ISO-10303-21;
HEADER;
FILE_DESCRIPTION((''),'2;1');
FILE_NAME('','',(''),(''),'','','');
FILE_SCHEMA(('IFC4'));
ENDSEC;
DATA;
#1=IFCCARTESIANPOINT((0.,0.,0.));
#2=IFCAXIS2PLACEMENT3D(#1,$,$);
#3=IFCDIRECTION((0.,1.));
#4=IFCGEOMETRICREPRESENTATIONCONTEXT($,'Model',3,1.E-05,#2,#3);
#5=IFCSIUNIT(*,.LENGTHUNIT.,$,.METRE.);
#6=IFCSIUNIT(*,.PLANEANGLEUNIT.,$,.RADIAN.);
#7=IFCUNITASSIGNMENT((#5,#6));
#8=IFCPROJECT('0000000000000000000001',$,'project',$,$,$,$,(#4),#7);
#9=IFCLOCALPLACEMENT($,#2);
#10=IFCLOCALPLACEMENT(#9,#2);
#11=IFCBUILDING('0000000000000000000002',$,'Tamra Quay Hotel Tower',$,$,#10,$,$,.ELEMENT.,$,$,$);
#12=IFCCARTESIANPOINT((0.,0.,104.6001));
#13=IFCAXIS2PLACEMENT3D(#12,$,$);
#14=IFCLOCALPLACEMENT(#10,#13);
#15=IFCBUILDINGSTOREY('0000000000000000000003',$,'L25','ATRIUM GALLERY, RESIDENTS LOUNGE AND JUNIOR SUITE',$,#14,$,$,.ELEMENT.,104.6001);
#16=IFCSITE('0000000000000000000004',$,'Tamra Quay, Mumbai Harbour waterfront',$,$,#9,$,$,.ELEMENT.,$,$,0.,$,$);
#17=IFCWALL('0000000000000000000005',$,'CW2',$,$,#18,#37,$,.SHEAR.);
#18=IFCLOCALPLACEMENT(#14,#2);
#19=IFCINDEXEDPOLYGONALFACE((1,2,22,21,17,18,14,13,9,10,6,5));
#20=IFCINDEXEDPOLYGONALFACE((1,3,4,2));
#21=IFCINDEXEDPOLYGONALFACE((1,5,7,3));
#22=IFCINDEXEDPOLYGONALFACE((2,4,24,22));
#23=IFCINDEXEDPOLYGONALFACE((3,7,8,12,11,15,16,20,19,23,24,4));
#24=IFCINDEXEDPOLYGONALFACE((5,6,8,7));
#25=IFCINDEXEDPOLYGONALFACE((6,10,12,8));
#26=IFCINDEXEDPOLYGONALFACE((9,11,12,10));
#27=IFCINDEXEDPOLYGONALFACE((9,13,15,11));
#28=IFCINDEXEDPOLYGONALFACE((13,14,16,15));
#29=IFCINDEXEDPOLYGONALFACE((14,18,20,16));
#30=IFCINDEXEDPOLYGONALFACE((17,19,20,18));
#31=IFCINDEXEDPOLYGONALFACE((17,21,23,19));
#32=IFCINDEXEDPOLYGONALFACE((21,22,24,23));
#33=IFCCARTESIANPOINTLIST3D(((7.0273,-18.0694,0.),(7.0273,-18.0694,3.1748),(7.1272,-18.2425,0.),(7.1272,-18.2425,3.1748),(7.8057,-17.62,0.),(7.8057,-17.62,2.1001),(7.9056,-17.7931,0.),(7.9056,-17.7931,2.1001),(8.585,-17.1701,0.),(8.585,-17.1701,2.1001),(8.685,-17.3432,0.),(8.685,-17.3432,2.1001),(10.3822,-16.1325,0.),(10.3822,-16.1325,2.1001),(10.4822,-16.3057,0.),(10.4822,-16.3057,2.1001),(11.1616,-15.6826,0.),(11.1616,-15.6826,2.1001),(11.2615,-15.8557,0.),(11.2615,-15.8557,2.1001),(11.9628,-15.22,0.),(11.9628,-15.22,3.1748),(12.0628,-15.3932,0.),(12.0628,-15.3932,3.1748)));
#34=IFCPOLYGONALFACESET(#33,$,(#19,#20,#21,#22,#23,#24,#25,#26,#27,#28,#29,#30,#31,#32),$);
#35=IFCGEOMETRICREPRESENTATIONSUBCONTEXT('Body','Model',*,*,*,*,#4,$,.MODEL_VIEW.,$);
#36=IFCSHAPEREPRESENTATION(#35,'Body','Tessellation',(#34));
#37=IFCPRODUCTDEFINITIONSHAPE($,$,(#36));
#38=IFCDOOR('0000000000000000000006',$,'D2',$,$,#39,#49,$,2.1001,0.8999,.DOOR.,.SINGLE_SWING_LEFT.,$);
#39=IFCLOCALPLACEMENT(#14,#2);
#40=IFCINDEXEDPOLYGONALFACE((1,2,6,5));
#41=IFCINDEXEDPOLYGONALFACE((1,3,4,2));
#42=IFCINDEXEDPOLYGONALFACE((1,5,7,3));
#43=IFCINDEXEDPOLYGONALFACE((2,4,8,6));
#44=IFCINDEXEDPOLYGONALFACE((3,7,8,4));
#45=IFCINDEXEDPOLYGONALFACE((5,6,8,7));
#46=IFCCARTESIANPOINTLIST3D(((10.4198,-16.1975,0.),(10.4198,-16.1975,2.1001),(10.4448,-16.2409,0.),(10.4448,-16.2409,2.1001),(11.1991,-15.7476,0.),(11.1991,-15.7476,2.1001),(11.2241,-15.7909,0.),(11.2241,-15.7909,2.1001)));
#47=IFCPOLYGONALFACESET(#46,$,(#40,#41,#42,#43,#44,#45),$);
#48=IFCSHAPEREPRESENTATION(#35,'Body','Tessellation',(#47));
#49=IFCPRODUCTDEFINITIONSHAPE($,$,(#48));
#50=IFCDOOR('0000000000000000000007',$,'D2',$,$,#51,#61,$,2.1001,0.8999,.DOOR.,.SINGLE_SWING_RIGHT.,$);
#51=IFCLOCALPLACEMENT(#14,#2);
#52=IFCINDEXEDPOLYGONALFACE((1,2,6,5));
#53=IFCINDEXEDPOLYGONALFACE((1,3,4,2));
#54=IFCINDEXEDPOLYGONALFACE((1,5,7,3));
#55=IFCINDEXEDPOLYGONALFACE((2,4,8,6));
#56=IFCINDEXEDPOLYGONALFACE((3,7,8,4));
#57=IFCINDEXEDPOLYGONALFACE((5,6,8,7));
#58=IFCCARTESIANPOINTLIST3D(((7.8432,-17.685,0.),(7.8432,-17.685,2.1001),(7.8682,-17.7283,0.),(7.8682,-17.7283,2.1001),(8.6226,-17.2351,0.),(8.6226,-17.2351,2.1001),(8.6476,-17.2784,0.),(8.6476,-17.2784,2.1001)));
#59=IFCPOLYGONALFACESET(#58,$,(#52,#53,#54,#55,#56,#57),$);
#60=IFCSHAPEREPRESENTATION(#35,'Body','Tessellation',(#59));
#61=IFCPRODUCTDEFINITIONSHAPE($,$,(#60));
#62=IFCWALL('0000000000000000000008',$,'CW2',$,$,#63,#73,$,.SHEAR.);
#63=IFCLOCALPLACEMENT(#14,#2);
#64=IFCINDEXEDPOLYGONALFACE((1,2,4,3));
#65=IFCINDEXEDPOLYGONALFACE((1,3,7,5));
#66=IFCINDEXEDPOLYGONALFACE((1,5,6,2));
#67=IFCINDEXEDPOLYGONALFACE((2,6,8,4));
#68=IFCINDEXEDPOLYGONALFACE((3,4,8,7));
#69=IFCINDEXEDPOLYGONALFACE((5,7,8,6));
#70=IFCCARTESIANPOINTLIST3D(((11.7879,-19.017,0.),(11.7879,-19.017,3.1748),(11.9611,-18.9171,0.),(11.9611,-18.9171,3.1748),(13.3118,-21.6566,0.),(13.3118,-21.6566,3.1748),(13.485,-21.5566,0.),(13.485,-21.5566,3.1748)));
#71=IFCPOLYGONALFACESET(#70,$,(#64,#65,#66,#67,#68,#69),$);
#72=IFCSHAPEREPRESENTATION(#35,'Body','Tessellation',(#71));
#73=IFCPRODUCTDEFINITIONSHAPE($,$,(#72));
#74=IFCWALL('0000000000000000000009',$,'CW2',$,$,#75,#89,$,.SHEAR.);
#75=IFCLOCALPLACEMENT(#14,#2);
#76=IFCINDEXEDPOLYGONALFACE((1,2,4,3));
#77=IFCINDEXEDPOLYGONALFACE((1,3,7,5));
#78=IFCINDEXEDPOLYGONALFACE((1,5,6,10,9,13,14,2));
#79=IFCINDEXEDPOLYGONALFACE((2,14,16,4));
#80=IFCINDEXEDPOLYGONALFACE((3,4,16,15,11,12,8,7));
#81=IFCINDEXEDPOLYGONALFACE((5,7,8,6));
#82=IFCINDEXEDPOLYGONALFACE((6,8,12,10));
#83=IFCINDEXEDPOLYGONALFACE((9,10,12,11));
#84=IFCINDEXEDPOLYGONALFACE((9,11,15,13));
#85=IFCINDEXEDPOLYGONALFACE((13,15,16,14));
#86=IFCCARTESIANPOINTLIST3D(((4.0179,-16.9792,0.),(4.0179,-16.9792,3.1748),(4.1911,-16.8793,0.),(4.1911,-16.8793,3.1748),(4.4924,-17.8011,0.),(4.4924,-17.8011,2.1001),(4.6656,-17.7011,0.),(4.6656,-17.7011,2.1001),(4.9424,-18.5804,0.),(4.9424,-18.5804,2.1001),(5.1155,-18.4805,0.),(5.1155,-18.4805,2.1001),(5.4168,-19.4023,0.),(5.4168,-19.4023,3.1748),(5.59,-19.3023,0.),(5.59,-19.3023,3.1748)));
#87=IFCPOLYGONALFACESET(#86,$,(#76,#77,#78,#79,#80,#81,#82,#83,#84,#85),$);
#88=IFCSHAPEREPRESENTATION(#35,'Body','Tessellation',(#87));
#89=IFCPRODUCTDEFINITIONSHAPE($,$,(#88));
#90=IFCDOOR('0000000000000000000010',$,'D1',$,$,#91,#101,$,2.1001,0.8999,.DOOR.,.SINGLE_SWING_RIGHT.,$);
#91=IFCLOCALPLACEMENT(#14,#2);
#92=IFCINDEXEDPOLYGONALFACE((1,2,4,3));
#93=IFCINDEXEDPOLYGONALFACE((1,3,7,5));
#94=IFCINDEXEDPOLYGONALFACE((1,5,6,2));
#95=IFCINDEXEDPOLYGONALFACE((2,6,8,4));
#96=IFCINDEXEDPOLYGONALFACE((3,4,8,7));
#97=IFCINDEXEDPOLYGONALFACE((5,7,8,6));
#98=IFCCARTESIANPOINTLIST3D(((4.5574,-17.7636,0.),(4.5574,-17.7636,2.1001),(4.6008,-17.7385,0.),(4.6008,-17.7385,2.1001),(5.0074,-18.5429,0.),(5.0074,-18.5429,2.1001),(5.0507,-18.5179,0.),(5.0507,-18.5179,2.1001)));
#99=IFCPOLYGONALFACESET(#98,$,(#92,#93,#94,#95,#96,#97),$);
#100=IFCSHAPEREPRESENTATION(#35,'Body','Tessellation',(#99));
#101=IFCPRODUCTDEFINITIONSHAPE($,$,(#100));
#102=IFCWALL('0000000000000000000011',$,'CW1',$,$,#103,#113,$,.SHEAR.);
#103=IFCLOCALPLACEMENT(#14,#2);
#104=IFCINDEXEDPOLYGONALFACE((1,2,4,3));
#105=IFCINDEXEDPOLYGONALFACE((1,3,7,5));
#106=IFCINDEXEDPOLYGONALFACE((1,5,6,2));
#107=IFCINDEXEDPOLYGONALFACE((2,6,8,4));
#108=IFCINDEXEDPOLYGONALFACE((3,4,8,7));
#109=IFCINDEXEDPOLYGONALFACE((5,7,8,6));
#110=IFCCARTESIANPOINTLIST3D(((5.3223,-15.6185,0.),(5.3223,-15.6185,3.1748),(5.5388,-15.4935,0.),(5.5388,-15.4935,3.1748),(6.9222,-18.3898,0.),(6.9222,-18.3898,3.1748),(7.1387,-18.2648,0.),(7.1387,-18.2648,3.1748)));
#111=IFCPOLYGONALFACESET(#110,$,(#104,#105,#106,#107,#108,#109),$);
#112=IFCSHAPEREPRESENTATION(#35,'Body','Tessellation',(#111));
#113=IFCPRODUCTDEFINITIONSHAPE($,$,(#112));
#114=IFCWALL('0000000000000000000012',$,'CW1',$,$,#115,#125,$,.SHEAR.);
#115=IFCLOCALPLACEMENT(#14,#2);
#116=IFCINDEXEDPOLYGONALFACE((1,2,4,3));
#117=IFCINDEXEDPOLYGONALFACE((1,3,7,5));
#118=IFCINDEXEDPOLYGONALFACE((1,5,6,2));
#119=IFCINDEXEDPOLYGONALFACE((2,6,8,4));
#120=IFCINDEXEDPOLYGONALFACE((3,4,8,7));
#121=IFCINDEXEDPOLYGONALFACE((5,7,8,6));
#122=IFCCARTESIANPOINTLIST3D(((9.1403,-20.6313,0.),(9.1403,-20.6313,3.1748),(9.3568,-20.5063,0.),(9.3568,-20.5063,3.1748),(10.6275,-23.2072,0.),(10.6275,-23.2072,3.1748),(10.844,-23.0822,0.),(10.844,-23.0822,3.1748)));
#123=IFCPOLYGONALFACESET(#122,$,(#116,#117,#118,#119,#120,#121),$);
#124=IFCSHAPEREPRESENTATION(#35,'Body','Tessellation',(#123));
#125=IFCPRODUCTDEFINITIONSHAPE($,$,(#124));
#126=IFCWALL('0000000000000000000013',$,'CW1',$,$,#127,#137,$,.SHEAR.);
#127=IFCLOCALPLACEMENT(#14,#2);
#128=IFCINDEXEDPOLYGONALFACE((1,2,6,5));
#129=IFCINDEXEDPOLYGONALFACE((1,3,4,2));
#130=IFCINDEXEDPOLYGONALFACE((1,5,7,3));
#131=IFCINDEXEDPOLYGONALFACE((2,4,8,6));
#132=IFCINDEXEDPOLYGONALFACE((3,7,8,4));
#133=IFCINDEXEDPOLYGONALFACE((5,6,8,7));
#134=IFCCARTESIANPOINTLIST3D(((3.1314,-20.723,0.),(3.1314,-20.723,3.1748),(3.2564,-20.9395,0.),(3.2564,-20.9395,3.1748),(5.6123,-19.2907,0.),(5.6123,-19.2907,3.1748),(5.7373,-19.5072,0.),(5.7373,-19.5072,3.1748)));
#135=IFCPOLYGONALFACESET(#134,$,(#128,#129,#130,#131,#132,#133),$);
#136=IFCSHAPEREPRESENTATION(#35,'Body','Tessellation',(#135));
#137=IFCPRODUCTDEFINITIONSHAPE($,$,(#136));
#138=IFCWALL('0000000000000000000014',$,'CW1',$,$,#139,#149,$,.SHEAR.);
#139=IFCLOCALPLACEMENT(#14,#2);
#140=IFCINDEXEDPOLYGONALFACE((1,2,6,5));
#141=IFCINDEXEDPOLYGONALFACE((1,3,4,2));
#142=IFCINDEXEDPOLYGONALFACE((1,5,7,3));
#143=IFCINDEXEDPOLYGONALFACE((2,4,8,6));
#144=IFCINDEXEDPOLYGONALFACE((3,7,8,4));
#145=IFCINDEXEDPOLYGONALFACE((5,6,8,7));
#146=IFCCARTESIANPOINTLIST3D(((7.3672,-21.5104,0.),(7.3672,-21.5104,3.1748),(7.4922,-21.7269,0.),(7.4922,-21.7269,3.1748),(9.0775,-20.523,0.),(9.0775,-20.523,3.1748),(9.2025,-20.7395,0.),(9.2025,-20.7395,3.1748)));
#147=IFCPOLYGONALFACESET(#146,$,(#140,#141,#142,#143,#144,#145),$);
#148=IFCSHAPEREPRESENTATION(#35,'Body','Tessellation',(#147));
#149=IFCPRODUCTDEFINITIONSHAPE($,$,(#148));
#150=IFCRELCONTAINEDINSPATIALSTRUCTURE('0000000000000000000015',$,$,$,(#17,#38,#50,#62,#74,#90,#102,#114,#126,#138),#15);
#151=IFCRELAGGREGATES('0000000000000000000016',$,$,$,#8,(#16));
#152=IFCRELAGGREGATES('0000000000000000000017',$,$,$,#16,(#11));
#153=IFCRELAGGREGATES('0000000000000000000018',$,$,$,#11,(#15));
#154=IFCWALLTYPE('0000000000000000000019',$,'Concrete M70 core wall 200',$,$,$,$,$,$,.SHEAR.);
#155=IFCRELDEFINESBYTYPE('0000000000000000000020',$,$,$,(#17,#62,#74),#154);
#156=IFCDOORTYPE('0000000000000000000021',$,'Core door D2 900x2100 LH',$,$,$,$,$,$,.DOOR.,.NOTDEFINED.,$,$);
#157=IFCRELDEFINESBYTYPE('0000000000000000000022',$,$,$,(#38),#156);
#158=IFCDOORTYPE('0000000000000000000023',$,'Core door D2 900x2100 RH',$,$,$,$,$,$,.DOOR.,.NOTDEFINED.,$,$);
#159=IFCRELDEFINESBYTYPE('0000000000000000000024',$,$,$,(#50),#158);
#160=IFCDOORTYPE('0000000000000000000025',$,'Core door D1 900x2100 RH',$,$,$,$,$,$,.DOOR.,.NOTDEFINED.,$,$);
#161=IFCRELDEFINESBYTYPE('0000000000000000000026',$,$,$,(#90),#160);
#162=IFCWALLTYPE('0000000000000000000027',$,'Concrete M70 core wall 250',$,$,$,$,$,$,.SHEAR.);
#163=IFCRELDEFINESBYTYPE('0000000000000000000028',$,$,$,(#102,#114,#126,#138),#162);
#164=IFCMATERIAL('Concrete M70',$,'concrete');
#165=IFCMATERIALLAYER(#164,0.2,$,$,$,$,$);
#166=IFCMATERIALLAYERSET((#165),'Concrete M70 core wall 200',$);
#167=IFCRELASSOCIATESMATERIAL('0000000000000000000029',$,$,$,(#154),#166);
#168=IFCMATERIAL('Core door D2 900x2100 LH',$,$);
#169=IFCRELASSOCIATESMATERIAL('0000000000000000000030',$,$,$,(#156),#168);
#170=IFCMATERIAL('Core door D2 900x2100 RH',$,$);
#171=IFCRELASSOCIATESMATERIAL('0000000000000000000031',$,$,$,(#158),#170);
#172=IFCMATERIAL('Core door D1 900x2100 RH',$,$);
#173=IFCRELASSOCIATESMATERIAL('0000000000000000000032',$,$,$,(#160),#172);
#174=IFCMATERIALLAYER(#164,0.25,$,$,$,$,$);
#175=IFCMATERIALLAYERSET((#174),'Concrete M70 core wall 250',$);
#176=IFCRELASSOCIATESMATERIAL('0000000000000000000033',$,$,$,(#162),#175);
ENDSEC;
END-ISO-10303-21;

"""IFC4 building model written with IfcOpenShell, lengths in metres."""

from ifc_helpers import new_model, si_unit, direction, frame, frame_2d, origin, place, context, subcontext, project, spatial, rectangle, extrude, material, layer, layer_set, type_object, element, fill, save


model = new_model("IFC4")

# Units and contexts
model_context = context("Model", 3, precision=1e-05, world=origin(), true_north=direction((0.0, 1.0)))
body_context = subcontext(model_context, "Body", "Model", "MODEL_VIEW")
ifc_project = project(units=[si_unit("LENGTHUNIT", "METRE"), si_unit("PLANEANGLEUNIT", "RADIAN")], contexts=[model_context])

# Site, building, storey
site_placement = place(None, origin())
site = spatial("IfcSite", under=ifc_project, at=site_placement, Name="Tamra Quay, Mumbai Harbour waterfront", CompositionType="ELEMENT", RefElevation=0.0)
building_placement = place(site_placement, origin())
building = spatial("IfcBuilding", under=site, at=building_placement, Name="Tamra Quay Hotel Tower", CompositionType="ELEMENT")
storey_placement = place(building_placement, frame((0.0, 0.0, 104.6001)))
storey = spatial("IfcBuildingStorey", under=building, at=storey_placement, Name="L25", Description="ATRIUM GALLERY, RESIDENTS LOUNGE AND JUNIOR SUITE", CompositionType="ELEMENT", Elevation=104.6001)

# Shared definitions
ifc_material_1 = material(Name="Concrete M70", Category="concrete")

# Wall, openings, doors
ifc_layer_1 = layer(ifc_material_1, 0.2)
ifc_layer_set_1 = layer_set([ifc_layer_1], Name="Concrete M70 core wall 200")
wall_type_1 = type_object("IfcWallType", Name="Concrete M70 core wall 200", PredefinedType="SHEAR", material=ifc_layer_set_1)
wall_1_placement = place(storey_placement, frame((7.0771, -18.156, 0.0), z_axis=(0.0, 0.0, 1.0), x_axis=(0.866039, 0.499977, 0.0)))
wall_1 = element("IfcWall", 1, at=wall_1_placement, inside=storey, type_object=wall_type_1, Name="CW2", PredefinedType="SHEAR", context=body_context, shape_type="SweptSolid", body=[
    extrude(rectangle(XDim=5.699, YDim=0.2, at=frame_2d((2.8496, 0.0))), origin(), (0.0, 0.0, 1.0), 3.1748),
])
opening_1_placement = place(wall_1_placement, frame((0.8989, 0.0, 0.0)))
opening_1 = element("IfcOpeningElement", 2, at=opening_1_placement, cuts=wall_1, PredefinedType="OPENING", context=body_context, shape_type="SweptSolid", body=[
    extrude(rectangle(XDim=0.8999, YDim=2.1001, at=frame_2d((0.45, 1.05))), frame((0.0, 0.1099, 0.0), z_axis=(0.0, -1.0, 0.0), x_axis=(1.0, 0.0, 0.0)), (0.0, 0.0, 1.0), 0.22),
])
opening_2_placement = place(wall_1_placement, frame((3.874, 0.0, 0.0)))
opening_2 = element("IfcOpeningElement", 3, at=opening_2_placement, cuts=wall_1, PredefinedType="OPENING", context=body_context, shape_type="SweptSolid", body=[
    extrude(rectangle(XDim=0.8999, YDim=2.1001, at=frame_2d((0.45, 1.05))), frame((0.0, 0.1099, 0.0), z_axis=(0.0, -1.0, 0.0), x_axis=(1.0, 0.0, 0.0)), (0.0, 0.0, 1.0), 0.22),
])
ifc_material_2 = material(Name="Core door D2 900x2100 LH")
door_type_1 = type_object("IfcDoorType", Name="Core door D2 900x2100 LH", OperationType="NOTDEFINED", PredefinedType="DOOR", material=ifc_material_2)
door_1_placement = place(opening_2_placement, origin())
door_1 = element("IfcDoor", 4, at=door_1_placement, inside=storey, type_object=door_type_1, Name="D2", OperationType="SINGLE_SWING_LEFT", OverallHeight=2.1001, OverallWidth=0.8999, PredefinedType="DOOR", context=body_context, shape_type="SweptSolid", body=[
    extrude(rectangle(XDim=0.8999, YDim=2.1001, at=frame_2d((0.45, 1.05))), frame((0.0, 0.0249, 0.0), z_axis=(0.0, -1.0, 0.0), x_axis=(1.0, 0.0, 0.0)), (0.0, 0.0, 1.0), 0.05),
])
fill(opening_2, door_1)
ifc_material_3 = material(Name="Core door D2 900x2100 RH")
door_type_2 = type_object("IfcDoorType", Name="Core door D2 900x2100 RH", OperationType="NOTDEFINED", PredefinedType="DOOR", material=ifc_material_3)
door_2_placement = place(opening_1_placement, origin())
door_2 = element("IfcDoor", 5, at=door_2_placement, inside=storey, type_object=door_type_2, Name="D2", OperationType="SINGLE_SWING_RIGHT", OverallHeight=2.1001, OverallWidth=0.8999, PredefinedType="DOOR", context=body_context, shape_type="SweptSolid", body=[
    extrude(rectangle(XDim=0.8999, YDim=2.1001, at=frame_2d((0.45, 1.05))), frame((0.0, 0.0249, 0.0), z_axis=(0.0, -1.0, 0.0), x_axis=(1.0, 0.0, 0.0)), (0.0, 0.0, 1.0), 0.05),
])
fill(opening_1, door_2)

# Wall
wall_2_placement = place(storey_placement, frame((11.8745, -18.967, 0.0), z_axis=(0.0, 0.0, 1.0), x_axis=(0.499981, -0.866036, 0.0)))
element("IfcWall", 6, at=wall_2_placement, inside=storey, type_object=wall_type_1, Name="CW2", PredefinedType="SHEAR", context=body_context, shape_type="SweptSolid", body=[
    extrude(rectangle(XDim=3.0479, YDim=0.2, at=frame_2d((1.5239, 0.0))), origin(), (0.0, 0.0, 1.0), 3.1748),
])

# Wall, opening, door
wall_3_placement = place(storey_placement, frame((5.5034, -19.3523, 0.0), z_axis=(0.0, 0.0, 1.0), x_axis=(-0.499987, 0.866033, 0.0)))
wall_3 = element("IfcWall", 7, at=wall_3_placement, inside=storey, type_object=wall_type_1, Name="CW2", PredefinedType="SHEAR", context=body_context, shape_type="SweptSolid", body=[
    extrude(rectangle(XDim=2.7979, YDim=0.2, at=frame_2d((1.3989, 0.0))), origin(), (0.0, 0.0, 1.0), 3.1748),
])
opening_3_placement = place(wall_3_placement, frame((0.949, 0.0, 0.0)))
opening_3 = element("IfcOpeningElement", 8, at=opening_3_placement, cuts=wall_3, PredefinedType="OPENING", context=body_context, shape_type="SweptSolid", body=[
    extrude(rectangle(XDim=0.8999, YDim=2.1001, at=frame_2d((0.45, 1.05))), frame((0.0, 0.1099, 0.0), z_axis=(0.0, -1.0, 0.0), x_axis=(1.0, 0.0, 0.0)), (0.0, 0.0, 1.0), 0.22),
])
ifc_material_4 = material(Name="Core door D1 900x2100 RH")
door_type_3 = type_object("IfcDoorType", Name="Core door D1 900x2100 RH", OperationType="NOTDEFINED", PredefinedType="DOOR", material=ifc_material_4)
door_3_placement = place(opening_3_placement, origin())
door_3 = element("IfcDoor", 9, at=door_3_placement, inside=storey, type_object=door_type_3, Name="D1", OperationType="SINGLE_SWING_RIGHT", OverallHeight=2.1001, OverallWidth=0.8999, PredefinedType="DOOR", context=body_context, shape_type="SweptSolid", body=[
    extrude(rectangle(XDim=0.8999, YDim=2.1001, at=frame_2d((0.45, 1.05))), frame((0.0, 0.0249, 0.0), z_axis=(0.0, -1.0, 0.0), x_axis=(1.0, 0.0, 0.0)), (0.0, 0.0, 1.0), 0.05),
])
fill(opening_3, door_3)

# Walls
ifc_layer_2 = layer(ifc_material_1, 0.25)
ifc_layer_set_2 = layer_set([ifc_layer_2], Name="Concrete M70 core wall 250")
wall_type_2 = type_object("IfcWallType", Name="Concrete M70 core wall 250", PredefinedType="SHEAR", material=ifc_layer_set_2)
wall_4_placement = place(storey_placement, frame((7.0305, -18.3274, 0.0), z_axis=(0.0, 0.0, 1.0), x_axis=(-0.499971, 0.866042, 0.0)))
element("IfcWall", 10, at=wall_4_placement, inside=storey, type_object=wall_type_2, Name="CW1", PredefinedType="SHEAR", context=body_context, shape_type="SweptSolid", body=[
    extrude(rectangle(XDim=3.2, YDim=0.25, at=frame_2d((1.6001, 0.0))), origin(), (0.0, 0.0, 1.0), 3.1748),
])
wall_5_placement = place(storey_placement, frame((10.7358, -23.1448, 0.0), z_axis=(0.0, 0.0, 1.0), x_axis=(-0.500023, 0.866012, 0.0)))
element("IfcWall", 11, at=wall_5_placement, inside=storey, type_object=wall_type_2, Name="CW1", PredefinedType="SHEAR", context=body_context, shape_type="SweptSolid", body=[
    extrude(rectangle(XDim=2.9744, YDim=0.25, at=frame_2d((1.4873, 0.0))), origin(), (0.0, 0.0, 1.0), 3.1748),
])
wall_6_placement = place(storey_placement, frame((5.6748, -19.3989, 0.0), z_axis=(0.0, 0.0, 1.0), x_axis=(-0.866027, -0.499998, 0.0)))
element("IfcWall", 12, at=wall_6_placement, inside=storey, type_object=wall_type_2, Name="CW1", PredefinedType="SHEAR", context=body_context, shape_type="SweptSolid", body=[
    extrude(rectangle(XDim=2.8647, YDim=0.25, at=frame_2d((1.4324, 0.0))), origin(), (0.0, 0.0, 1.0), 3.1748),
])
wall_7_placement = place(storey_placement, frame((9.1399, -20.6313, 0.0), z_axis=(0.0, 0.0, 1.0), x_axis=(-0.866044, -0.499969, 0.0)))
element("IfcWall", 13, at=wall_7_placement, inside=storey, type_object=wall_type_2, Name="CW1", PredefinedType="SHEAR", context=body_context, shape_type="SweptSolid", body=[
    extrude(rectangle(XDim=1.9749, YDim=0.25, at=frame_2d((0.9873, 0.0))), origin(), (0.0, 0.0, 1.0), 3.1748),
])

save(model, "model.ifc")
